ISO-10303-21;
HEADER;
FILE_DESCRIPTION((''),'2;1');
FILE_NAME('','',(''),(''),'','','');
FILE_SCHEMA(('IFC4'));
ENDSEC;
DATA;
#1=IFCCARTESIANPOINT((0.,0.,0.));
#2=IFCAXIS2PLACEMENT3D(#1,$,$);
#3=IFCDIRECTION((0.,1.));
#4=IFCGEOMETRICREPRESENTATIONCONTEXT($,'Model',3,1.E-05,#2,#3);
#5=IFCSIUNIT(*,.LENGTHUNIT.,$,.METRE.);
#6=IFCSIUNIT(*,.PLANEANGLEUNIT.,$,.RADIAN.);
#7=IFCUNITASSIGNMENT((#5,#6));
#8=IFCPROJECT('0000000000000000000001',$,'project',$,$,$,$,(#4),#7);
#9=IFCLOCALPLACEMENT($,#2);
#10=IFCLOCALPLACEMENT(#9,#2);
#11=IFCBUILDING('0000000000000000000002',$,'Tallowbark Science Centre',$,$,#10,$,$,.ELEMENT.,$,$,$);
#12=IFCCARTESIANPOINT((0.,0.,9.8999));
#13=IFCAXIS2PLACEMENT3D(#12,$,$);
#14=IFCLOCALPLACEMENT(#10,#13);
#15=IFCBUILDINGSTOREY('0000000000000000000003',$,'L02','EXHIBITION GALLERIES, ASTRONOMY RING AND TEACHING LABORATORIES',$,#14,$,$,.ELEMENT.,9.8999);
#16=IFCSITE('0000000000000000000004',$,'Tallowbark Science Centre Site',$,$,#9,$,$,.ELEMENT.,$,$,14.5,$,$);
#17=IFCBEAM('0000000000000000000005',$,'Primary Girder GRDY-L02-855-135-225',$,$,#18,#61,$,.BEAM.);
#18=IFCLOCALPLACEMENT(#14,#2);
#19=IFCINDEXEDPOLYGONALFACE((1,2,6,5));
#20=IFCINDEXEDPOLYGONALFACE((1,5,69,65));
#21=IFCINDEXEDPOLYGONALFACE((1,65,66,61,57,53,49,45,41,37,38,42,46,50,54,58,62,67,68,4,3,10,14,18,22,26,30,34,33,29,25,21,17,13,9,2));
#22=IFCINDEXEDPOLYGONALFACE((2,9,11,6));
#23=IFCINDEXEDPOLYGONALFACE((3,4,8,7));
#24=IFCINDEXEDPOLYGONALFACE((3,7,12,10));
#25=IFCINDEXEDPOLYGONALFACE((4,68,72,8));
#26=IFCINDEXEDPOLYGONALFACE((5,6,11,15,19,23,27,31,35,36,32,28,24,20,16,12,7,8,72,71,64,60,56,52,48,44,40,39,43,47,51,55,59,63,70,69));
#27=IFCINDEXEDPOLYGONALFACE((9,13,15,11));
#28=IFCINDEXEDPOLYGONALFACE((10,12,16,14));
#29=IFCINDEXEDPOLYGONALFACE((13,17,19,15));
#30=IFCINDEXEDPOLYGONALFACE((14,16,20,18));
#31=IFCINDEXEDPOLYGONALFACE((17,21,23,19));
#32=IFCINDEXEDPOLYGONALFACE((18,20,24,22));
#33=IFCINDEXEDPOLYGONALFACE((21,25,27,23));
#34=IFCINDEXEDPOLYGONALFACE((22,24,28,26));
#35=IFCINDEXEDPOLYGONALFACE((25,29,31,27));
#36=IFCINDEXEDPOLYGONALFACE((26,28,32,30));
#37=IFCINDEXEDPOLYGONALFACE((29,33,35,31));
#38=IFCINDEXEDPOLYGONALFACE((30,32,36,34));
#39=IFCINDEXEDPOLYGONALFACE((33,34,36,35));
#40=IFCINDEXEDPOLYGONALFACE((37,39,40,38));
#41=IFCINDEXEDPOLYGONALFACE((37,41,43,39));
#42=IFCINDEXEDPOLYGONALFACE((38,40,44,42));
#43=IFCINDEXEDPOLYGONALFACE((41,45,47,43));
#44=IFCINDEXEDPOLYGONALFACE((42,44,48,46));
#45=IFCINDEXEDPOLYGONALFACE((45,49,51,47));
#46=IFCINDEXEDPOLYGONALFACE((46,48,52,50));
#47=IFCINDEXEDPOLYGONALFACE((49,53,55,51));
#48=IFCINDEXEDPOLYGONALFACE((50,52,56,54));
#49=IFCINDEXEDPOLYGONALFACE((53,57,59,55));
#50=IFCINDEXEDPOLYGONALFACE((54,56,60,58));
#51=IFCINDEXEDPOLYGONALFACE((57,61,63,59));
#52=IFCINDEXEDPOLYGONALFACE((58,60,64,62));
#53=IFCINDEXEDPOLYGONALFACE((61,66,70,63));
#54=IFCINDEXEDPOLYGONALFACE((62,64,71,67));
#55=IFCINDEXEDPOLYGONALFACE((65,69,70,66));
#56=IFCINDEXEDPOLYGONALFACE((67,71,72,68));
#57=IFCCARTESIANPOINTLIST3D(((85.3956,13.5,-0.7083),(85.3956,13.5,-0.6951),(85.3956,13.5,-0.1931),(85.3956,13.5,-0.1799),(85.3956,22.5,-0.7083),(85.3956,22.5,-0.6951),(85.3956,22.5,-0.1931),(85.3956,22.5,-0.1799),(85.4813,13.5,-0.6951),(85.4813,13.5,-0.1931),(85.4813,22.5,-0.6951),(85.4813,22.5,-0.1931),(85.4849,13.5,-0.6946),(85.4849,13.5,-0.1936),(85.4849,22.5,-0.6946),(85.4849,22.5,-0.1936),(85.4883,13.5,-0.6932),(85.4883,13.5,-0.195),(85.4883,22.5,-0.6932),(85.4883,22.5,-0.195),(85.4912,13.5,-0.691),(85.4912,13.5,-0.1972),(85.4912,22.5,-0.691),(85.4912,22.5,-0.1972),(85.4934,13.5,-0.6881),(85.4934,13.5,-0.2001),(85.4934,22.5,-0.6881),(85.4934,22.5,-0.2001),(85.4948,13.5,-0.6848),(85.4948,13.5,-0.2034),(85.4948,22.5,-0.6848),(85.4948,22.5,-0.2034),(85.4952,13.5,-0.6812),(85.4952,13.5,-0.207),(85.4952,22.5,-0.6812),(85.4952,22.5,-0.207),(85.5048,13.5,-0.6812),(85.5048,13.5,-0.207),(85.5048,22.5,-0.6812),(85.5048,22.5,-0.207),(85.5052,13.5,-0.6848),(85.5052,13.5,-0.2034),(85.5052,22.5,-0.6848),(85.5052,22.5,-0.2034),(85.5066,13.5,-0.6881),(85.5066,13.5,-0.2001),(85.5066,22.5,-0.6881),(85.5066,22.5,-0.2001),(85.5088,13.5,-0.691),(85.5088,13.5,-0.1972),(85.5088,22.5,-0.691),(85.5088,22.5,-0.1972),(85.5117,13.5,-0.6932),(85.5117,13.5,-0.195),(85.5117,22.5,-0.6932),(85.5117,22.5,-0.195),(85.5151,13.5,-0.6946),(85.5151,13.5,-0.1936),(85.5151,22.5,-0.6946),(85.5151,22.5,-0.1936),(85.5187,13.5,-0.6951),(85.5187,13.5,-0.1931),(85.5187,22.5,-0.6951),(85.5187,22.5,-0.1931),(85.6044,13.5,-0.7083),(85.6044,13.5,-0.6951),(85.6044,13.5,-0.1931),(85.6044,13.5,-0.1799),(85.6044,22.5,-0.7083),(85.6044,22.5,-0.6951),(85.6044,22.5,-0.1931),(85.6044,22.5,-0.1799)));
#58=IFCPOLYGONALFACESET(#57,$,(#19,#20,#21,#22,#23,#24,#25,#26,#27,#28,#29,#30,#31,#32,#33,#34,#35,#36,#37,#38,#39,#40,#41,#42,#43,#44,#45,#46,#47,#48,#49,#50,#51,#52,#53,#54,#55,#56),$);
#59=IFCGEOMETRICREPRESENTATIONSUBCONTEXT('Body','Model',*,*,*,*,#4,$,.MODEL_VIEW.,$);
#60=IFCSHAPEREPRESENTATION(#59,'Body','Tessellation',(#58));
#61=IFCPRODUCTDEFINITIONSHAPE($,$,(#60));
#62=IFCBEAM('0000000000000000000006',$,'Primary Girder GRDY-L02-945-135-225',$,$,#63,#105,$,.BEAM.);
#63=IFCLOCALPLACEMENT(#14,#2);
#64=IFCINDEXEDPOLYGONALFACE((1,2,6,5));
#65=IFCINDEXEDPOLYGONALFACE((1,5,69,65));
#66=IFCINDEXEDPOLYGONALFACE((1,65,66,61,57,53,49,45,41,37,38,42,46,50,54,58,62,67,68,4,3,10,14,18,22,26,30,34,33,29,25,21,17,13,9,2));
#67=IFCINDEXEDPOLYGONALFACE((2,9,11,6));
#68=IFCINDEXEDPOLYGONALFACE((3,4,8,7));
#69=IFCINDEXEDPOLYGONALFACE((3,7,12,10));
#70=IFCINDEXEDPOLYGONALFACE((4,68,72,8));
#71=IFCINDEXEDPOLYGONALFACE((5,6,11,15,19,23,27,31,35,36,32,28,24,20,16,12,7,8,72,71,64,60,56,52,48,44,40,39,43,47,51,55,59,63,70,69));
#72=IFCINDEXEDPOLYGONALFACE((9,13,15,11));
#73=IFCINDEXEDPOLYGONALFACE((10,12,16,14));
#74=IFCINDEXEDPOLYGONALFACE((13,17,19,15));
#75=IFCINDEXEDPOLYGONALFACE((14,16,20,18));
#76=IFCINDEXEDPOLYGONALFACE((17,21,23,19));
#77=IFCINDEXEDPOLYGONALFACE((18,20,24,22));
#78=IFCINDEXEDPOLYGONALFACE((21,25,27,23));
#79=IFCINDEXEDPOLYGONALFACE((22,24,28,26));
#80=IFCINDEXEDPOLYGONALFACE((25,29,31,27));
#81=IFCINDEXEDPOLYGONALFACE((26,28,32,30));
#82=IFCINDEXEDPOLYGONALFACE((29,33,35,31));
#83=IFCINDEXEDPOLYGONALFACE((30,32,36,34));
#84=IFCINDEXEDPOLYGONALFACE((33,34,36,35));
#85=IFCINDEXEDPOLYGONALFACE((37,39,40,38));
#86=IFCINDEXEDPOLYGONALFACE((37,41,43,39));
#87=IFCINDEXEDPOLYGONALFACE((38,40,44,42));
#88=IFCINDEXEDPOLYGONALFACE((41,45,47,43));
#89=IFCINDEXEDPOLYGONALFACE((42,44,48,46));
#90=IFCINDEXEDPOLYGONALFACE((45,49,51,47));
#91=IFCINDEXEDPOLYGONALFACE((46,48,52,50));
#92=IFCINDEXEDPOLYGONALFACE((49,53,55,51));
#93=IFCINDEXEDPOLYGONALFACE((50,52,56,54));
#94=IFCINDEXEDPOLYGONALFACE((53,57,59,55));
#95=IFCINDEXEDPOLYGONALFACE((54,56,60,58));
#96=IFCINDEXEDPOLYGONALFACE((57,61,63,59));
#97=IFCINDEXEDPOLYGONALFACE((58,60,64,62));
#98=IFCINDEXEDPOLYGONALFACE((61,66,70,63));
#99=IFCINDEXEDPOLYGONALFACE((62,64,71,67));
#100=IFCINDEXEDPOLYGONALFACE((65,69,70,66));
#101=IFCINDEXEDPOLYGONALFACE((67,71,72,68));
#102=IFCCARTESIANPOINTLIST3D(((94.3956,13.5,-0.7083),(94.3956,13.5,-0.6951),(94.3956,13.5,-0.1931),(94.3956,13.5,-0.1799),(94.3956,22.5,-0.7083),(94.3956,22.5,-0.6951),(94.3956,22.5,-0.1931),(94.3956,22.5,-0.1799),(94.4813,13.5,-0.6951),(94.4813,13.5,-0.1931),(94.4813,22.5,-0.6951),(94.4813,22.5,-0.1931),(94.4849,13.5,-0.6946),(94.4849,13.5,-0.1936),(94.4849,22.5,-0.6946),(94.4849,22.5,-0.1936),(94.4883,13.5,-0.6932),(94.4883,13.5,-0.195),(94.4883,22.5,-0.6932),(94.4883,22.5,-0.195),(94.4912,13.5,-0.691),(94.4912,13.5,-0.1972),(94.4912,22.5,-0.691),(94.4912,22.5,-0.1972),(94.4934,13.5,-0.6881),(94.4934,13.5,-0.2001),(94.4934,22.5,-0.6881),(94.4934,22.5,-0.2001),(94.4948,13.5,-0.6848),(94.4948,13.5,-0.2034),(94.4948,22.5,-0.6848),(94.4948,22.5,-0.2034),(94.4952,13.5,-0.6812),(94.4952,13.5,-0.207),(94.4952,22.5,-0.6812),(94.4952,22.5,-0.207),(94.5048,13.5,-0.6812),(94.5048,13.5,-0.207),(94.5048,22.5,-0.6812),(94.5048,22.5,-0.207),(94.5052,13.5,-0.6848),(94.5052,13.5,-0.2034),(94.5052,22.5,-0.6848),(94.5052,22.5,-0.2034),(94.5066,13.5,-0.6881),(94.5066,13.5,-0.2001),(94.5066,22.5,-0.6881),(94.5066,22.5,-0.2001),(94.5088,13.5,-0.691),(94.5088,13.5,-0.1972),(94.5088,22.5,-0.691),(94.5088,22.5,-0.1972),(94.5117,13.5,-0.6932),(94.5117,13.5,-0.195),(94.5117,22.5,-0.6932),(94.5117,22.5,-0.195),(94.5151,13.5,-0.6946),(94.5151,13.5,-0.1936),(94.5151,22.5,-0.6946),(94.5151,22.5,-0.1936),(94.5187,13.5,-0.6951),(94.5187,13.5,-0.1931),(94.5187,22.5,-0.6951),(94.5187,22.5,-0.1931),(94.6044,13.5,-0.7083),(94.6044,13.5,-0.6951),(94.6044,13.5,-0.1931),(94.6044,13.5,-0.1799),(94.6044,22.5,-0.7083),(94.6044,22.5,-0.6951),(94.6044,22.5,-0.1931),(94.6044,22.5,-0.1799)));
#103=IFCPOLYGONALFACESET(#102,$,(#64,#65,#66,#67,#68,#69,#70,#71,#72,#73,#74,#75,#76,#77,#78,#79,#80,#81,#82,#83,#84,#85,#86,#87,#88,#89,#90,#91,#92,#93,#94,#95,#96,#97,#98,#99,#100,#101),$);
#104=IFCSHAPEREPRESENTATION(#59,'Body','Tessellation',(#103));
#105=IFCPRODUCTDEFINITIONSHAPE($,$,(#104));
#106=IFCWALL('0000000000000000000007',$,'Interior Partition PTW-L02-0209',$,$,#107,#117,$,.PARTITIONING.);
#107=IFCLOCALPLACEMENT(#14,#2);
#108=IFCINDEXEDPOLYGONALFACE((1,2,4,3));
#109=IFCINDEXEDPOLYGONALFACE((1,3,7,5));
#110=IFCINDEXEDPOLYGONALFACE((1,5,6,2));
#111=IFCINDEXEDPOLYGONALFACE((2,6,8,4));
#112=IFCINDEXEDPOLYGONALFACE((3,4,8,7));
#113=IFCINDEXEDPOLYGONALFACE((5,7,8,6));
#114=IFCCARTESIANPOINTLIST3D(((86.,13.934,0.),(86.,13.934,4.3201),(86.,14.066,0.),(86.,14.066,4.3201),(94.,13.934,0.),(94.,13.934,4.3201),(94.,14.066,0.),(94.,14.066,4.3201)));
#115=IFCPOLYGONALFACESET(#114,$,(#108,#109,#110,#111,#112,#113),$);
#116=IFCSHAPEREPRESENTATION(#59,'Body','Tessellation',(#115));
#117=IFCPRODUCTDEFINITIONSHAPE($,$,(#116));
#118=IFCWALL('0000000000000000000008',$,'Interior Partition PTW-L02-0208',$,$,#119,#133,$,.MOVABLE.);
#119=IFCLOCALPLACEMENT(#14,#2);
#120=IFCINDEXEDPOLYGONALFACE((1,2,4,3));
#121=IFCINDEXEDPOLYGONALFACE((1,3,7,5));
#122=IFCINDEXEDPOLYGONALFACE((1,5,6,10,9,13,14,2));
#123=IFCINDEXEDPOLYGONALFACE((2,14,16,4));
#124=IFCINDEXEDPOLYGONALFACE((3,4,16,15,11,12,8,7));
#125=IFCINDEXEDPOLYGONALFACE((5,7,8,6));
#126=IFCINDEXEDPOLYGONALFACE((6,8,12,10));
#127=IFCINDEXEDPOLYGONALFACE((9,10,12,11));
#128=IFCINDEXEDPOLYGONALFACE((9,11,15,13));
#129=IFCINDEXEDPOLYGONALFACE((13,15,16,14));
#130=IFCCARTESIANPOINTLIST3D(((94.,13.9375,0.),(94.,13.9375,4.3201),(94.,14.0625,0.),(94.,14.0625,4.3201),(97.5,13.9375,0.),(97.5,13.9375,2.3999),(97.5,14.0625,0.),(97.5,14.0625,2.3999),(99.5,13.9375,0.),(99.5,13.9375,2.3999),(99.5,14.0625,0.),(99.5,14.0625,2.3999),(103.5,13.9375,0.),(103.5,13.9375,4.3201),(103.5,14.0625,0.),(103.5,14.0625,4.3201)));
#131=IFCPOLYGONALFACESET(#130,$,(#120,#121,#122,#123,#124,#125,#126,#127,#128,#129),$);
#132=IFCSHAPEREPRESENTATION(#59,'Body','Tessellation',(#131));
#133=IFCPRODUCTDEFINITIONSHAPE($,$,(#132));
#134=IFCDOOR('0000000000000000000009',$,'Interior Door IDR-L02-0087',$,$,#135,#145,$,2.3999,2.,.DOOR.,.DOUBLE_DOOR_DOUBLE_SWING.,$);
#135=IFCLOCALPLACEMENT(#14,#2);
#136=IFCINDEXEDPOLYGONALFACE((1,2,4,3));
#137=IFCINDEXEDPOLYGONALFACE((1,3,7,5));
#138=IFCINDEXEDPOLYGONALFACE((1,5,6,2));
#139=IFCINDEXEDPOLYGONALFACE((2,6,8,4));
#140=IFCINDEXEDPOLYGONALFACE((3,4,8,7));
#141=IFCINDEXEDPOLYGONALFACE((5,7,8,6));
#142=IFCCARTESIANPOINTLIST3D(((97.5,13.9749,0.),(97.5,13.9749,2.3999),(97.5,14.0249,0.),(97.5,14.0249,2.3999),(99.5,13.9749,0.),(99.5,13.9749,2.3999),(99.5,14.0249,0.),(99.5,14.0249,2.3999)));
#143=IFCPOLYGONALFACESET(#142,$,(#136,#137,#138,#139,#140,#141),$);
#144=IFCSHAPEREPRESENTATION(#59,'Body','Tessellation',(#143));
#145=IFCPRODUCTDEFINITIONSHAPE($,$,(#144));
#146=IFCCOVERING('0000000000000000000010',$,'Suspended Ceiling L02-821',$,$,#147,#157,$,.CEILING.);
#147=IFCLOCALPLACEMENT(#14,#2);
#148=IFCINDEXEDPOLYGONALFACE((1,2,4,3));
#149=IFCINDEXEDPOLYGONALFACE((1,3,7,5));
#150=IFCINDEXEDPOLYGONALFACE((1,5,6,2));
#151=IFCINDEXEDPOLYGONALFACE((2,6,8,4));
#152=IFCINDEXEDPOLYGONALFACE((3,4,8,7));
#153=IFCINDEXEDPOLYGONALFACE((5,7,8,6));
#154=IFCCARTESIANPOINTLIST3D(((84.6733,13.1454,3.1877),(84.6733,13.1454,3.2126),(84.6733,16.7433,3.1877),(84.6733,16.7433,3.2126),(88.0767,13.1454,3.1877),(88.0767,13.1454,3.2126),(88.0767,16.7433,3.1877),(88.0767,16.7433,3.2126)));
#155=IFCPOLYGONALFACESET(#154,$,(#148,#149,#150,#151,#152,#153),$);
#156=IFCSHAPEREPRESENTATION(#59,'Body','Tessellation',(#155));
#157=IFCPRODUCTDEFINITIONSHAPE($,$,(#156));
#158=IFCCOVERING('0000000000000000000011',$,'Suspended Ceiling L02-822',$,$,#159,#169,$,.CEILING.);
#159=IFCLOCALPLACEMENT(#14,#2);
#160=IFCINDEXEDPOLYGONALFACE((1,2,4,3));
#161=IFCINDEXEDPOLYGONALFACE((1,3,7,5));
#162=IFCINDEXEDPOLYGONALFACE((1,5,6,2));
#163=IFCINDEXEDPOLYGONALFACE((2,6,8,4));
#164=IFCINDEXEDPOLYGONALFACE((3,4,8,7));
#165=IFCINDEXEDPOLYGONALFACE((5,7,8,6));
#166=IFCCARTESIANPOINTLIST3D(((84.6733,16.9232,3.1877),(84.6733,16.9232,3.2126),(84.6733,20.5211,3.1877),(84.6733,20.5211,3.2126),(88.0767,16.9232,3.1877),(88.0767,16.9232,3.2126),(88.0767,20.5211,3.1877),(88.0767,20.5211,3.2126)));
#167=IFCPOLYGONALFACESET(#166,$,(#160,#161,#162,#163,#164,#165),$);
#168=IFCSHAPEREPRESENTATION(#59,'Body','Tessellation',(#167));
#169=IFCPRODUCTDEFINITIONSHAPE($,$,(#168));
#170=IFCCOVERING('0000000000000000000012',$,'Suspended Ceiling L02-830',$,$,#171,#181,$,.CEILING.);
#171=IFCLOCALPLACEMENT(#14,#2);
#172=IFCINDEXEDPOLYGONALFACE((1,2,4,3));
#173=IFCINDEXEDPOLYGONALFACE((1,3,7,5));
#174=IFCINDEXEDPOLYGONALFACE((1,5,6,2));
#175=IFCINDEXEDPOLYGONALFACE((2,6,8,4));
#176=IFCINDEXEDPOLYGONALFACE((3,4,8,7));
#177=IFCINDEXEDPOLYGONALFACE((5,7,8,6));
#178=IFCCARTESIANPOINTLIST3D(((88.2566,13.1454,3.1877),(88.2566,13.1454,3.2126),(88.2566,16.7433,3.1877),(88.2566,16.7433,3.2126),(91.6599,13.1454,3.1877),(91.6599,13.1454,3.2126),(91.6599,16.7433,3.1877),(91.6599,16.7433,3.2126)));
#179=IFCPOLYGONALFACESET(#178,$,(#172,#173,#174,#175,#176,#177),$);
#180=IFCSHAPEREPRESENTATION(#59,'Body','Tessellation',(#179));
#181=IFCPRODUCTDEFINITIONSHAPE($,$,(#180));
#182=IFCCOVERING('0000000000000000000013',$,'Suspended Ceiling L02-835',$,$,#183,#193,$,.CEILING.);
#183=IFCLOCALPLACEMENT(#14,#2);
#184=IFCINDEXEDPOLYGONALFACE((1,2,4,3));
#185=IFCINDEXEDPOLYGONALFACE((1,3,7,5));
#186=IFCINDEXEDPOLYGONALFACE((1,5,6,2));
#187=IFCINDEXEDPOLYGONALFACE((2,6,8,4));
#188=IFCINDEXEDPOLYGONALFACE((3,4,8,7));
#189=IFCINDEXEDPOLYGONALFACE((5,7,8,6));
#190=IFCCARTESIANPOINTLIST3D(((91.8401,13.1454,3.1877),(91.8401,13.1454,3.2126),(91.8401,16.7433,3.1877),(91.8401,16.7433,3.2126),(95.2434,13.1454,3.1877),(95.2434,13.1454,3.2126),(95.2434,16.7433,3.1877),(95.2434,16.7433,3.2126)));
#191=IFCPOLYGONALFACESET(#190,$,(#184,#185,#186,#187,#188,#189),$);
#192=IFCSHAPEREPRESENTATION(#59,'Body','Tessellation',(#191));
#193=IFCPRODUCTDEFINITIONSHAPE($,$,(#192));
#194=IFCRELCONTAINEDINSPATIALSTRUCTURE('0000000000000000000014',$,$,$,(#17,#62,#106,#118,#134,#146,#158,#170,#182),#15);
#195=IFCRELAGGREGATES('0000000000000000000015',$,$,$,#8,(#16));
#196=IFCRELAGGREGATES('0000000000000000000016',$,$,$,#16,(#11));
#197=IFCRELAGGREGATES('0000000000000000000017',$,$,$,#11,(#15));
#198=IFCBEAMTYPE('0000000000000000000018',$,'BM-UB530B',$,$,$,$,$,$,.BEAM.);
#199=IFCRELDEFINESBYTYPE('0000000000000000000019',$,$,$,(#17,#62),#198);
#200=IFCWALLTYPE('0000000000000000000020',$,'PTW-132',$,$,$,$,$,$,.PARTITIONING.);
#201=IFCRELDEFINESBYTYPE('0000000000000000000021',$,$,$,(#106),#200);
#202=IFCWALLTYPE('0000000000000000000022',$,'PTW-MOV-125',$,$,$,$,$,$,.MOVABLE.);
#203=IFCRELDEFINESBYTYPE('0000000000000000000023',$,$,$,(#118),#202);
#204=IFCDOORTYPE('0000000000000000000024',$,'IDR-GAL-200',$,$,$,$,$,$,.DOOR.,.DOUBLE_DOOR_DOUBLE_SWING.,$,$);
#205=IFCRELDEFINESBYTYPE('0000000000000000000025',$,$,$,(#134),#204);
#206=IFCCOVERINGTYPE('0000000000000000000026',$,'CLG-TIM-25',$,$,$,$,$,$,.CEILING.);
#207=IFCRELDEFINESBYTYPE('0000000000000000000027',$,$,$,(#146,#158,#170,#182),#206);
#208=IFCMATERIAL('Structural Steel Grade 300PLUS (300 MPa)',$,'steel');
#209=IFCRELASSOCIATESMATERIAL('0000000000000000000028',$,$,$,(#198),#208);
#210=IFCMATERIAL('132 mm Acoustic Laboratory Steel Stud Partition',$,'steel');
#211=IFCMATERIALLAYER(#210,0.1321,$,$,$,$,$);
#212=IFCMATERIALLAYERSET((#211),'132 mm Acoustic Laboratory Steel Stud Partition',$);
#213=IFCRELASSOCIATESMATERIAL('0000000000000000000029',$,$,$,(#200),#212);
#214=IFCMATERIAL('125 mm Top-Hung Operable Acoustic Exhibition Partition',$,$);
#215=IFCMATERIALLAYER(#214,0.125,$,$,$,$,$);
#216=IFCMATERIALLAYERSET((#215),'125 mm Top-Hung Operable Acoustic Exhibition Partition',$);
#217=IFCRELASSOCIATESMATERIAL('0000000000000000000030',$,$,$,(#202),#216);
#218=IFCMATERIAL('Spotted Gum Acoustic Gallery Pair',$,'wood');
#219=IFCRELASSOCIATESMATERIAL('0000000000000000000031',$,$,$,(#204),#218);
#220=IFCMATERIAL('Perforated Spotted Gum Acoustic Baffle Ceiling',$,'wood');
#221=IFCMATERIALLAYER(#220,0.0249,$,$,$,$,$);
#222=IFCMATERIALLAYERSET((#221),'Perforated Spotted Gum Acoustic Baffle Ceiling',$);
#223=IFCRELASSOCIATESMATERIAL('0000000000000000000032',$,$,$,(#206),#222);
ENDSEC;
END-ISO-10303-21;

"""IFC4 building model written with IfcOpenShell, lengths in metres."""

from ifc_helpers import new_model, si_unit, direction, frame, frame_2d, origin, origin_2d, place, context, subcontext, project, spatial, rectangle, i_section, extrude, material, layer, layer_set, material_profile, profile_set, type_object, element, fill, save


model = new_model("IFC4")

# Units and contexts
model_context = context("Model", 3, precision=1e-05, world=origin(), true_north=direction((0.0, 1.0)))
body_context = subcontext(model_context, "Body", "Model", "MODEL_VIEW")
ifc_project = project(units=[si_unit("LENGTHUNIT", "METRE"), si_unit("PLANEANGLEUNIT", "RADIAN")], contexts=[model_context])

# Site, building, storey
site_placement = place(None, origin())
site = spatial("IfcSite", under=ifc_project, at=site_placement, Name="Tallowbark Science Centre Site", CompositionType="ELEMENT", RefElevation=14.5)
building_placement = place(site_placement, origin())
building = spatial("IfcBuilding", under=site, at=building_placement, Name="Tallowbark Science Centre", CompositionType="ELEMENT")
storey_placement = place(building_placement, frame((0.0, 0.0, 9.8999)))
storey = spatial("IfcBuildingStorey", under=building, at=storey_placement, Name="L02", Description="EXHIBITION GALLERIES, ASTRONOMY RING AND TEACHING LABORATORIES", CompositionType="ELEMENT", Elevation=9.8999)

# Shared definitions
ifc_material_1 = material(Name="Structural Steel Grade 300PLUS (300 MPa)", Category="steel")

# Beams
ifc_material_profile_1 = material_profile(ifc_material_1, i_section(OverallWidth=0.2087, OverallDepth=0.5283, WebThickness=0.0095, FlangeThickness=0.0132, FilletRadius=0.0139, at=origin_2d()), Name="530UB82.0")
ifc_profile_set_1 = profile_set([ifc_material_profile_1], Name="Structural Steel Grade 300PLUS (300 MPa)")
beam_type_1 = type_object("IfcBeamType", Name="BM-UB530B", PredefinedType="BEAM", material=ifc_profile_set_1)
for number, where, z_axis, x_axis, name in (
    (1, (85.5, 13.5, -0.4441), (0.0, 1.0, 0.0), (-1.0, 0.0, 0.0), "Primary Girder GRDY-L02-855-135-225"),
    (2, (94.5, 13.5, -0.4441), (0.0, 1.0, 0.0), (-1.0, 0.0, 0.0), "Primary Girder GRDY-L02-945-135-225"),
):
    element("IfcBeam", number, at=place(storey_placement, frame(where, z_axis=z_axis, x_axis=x_axis)), inside=storey, type_object=beam_type_1, Name=name, PredefinedType="BEAM", context=body_context, shape_type="SweptSolid", body=[
        extrude(i_section(OverallWidth=0.2087, OverallDepth=0.5283, WebThickness=0.0095, FlangeThickness=0.0132, FilletRadius=0.0139, at=origin_2d()), origin(), (0.0, 0.0, 1.0), 9.0),
    ])

# Wall
ifc_material_2 = material(Name="132 mm Acoustic Laboratory Steel Stud Partition", Category="steel")
ifc_layer_1 = layer(ifc_material_2, 0.1321)
ifc_layer_set_1 = layer_set([ifc_layer_1], Name="132 mm Acoustic Laboratory Steel Stud Partition")
wall_type_1 = type_object("IfcWallType", Name="PTW-132", PredefinedType="PARTITIONING", material=ifc_layer_set_1)
wall_1_placement = place(storey_placement, frame((86.0, 14.0, 0.0), z_axis=(0.0, 0.0, 1.0), x_axis=(1.0, 0.0, 0.0)))
element("IfcWall", 3, at=wall_1_placement, inside=storey, type_object=wall_type_1, Name="Interior Partition PTW-L02-0209", PredefinedType="PARTITIONING", context=body_context, shape_type="SweptSolid", body=[
    extrude(rectangle(XDim=8.0, YDim=0.1321, at=frame_2d((4.0, 0.0))), origin(), (0.0, 0.0, 1.0), 4.3201),
])

# Wall, opening, door
ifc_material_3 = material(Name="125 mm Top-Hung Operable Acoustic Exhibition Partition")
ifc_layer_2 = layer(ifc_material_3, 0.125)
ifc_layer_set_2 = layer_set([ifc_layer_2], Name="125 mm Top-Hung Operable Acoustic Exhibition Partition")
wall_type_2 = type_object("IfcWallType", Name="PTW-MOV-125", PredefinedType="MOVABLE", material=ifc_layer_set_2)
wall_2_placement = place(storey_placement, frame((94.0, 14.0, 0.0), z_axis=(0.0, 0.0, 1.0), x_axis=(1.0, 0.0, 0.0)))
wall_2 = element("IfcWall", 4, at=wall_2_placement, inside=storey, type_object=wall_type_2, Name="Interior Partition PTW-L02-0208", PredefinedType="MOVABLE", context=body_context, shape_type="SweptSolid", body=[
    extrude(rectangle(XDim=9.5, YDim=0.125, at=frame_2d((4.75, 0.0))), origin(), (0.0, 0.0, 1.0), 4.3201),
])
opening_placement = place(wall_2_placement, frame((3.5, 0.0, 0.0)))
opening = element("IfcOpeningElement", 5, at=opening_placement, cuts=wall_2, PredefinedType="OPENING", context=body_context, shape_type="SweptSolid", body=[
    extrude(rectangle(XDim=2.0, YDim=2.3999, at=frame_2d((1.0, 1.2))), frame((0.0, 0.0725, 0.0), z_axis=(0.0, -1.0, 0.0), x_axis=(1.0, 0.0, 0.0)), (0.0, 0.0, 1.0), 0.145),
])
ifc_material_4 = material(Name="Spotted Gum Acoustic Gallery Pair", Category="wood")
door_type = type_object("IfcDoorType", Name="IDR-GAL-200", OperationType="DOUBLE_DOOR_DOUBLE_SWING", PredefinedType="DOOR", material=ifc_material_4)
door_placement = place(opening_placement, origin())
door = element("IfcDoor", 6, at=door_placement, inside=storey, type_object=door_type, Name="Interior Door IDR-L02-0087", OperationType="DOUBLE_DOOR_DOUBLE_SWING", OverallHeight=2.3999, OverallWidth=2.0, PredefinedType="DOOR", context=body_context, shape_type="SweptSolid", body=[
    extrude(rectangle(XDim=2.0, YDim=2.3999, at=frame_2d((1.0, 1.2))), frame((0.0, 0.0249, 0.0), z_axis=(0.0, -1.0, 0.0), x_axis=(1.0, 0.0, 0.0)), (0.0, 0.0, 1.0), 0.05),
])
fill(opening, door)

# Coverings
ifc_material_5 = material(Name="Perforated Spotted Gum Acoustic Baffle Ceiling", Category="wood")
ifc_layer_3 = layer(ifc_material_5, 0.0249)
ifc_layer_set_3 = layer_set([ifc_layer_3], Name="Perforated Spotted Gum Acoustic Baffle Ceiling")
covering_type_1 = type_object("IfcCoveringType", Name="CLG-TIM-25", PredefinedType="CEILING", material=ifc_layer_set_3)
for number, where, z_axis, x_axis, name in (
    (7, (86.375, 14.9443, 3.1877), (0.0, 0.0, 1.0), (1.0, 0.0, 0.0), "Suspended Ceiling L02-821"),
    (8, (86.375, 18.7222, 3.1877), (0.0, 0.0, 1.0), (1.0, 0.0, 0.0), "Suspended Ceiling L02-822"),
    (9, (89.9583, 14.9443, 3.1877), (0.0, 0.0, 1.0), (1.0, 0.0, 0.0), "Suspended Ceiling L02-830"),
    (10, (93.5417, 14.9443, 3.1877), (0.0, 0.0, 1.0), (1.0, 0.0, 0.0), "Suspended Ceiling L02-835"),
):
    element("IfcCovering", number, at=place(storey_placement, frame(where, z_axis=z_axis, x_axis=x_axis)), inside=storey, type_object=covering_type_1, Name=name, PredefinedType="CEILING", context=body_context, shape_type="SweptSolid", body=[
        extrude(rectangle(XDim=3.4033, YDim=3.5979, at=origin_2d()), origin(), (0.0, 0.0, 1.0), 0.0249),
    ])

save(model, "model.ifc")
